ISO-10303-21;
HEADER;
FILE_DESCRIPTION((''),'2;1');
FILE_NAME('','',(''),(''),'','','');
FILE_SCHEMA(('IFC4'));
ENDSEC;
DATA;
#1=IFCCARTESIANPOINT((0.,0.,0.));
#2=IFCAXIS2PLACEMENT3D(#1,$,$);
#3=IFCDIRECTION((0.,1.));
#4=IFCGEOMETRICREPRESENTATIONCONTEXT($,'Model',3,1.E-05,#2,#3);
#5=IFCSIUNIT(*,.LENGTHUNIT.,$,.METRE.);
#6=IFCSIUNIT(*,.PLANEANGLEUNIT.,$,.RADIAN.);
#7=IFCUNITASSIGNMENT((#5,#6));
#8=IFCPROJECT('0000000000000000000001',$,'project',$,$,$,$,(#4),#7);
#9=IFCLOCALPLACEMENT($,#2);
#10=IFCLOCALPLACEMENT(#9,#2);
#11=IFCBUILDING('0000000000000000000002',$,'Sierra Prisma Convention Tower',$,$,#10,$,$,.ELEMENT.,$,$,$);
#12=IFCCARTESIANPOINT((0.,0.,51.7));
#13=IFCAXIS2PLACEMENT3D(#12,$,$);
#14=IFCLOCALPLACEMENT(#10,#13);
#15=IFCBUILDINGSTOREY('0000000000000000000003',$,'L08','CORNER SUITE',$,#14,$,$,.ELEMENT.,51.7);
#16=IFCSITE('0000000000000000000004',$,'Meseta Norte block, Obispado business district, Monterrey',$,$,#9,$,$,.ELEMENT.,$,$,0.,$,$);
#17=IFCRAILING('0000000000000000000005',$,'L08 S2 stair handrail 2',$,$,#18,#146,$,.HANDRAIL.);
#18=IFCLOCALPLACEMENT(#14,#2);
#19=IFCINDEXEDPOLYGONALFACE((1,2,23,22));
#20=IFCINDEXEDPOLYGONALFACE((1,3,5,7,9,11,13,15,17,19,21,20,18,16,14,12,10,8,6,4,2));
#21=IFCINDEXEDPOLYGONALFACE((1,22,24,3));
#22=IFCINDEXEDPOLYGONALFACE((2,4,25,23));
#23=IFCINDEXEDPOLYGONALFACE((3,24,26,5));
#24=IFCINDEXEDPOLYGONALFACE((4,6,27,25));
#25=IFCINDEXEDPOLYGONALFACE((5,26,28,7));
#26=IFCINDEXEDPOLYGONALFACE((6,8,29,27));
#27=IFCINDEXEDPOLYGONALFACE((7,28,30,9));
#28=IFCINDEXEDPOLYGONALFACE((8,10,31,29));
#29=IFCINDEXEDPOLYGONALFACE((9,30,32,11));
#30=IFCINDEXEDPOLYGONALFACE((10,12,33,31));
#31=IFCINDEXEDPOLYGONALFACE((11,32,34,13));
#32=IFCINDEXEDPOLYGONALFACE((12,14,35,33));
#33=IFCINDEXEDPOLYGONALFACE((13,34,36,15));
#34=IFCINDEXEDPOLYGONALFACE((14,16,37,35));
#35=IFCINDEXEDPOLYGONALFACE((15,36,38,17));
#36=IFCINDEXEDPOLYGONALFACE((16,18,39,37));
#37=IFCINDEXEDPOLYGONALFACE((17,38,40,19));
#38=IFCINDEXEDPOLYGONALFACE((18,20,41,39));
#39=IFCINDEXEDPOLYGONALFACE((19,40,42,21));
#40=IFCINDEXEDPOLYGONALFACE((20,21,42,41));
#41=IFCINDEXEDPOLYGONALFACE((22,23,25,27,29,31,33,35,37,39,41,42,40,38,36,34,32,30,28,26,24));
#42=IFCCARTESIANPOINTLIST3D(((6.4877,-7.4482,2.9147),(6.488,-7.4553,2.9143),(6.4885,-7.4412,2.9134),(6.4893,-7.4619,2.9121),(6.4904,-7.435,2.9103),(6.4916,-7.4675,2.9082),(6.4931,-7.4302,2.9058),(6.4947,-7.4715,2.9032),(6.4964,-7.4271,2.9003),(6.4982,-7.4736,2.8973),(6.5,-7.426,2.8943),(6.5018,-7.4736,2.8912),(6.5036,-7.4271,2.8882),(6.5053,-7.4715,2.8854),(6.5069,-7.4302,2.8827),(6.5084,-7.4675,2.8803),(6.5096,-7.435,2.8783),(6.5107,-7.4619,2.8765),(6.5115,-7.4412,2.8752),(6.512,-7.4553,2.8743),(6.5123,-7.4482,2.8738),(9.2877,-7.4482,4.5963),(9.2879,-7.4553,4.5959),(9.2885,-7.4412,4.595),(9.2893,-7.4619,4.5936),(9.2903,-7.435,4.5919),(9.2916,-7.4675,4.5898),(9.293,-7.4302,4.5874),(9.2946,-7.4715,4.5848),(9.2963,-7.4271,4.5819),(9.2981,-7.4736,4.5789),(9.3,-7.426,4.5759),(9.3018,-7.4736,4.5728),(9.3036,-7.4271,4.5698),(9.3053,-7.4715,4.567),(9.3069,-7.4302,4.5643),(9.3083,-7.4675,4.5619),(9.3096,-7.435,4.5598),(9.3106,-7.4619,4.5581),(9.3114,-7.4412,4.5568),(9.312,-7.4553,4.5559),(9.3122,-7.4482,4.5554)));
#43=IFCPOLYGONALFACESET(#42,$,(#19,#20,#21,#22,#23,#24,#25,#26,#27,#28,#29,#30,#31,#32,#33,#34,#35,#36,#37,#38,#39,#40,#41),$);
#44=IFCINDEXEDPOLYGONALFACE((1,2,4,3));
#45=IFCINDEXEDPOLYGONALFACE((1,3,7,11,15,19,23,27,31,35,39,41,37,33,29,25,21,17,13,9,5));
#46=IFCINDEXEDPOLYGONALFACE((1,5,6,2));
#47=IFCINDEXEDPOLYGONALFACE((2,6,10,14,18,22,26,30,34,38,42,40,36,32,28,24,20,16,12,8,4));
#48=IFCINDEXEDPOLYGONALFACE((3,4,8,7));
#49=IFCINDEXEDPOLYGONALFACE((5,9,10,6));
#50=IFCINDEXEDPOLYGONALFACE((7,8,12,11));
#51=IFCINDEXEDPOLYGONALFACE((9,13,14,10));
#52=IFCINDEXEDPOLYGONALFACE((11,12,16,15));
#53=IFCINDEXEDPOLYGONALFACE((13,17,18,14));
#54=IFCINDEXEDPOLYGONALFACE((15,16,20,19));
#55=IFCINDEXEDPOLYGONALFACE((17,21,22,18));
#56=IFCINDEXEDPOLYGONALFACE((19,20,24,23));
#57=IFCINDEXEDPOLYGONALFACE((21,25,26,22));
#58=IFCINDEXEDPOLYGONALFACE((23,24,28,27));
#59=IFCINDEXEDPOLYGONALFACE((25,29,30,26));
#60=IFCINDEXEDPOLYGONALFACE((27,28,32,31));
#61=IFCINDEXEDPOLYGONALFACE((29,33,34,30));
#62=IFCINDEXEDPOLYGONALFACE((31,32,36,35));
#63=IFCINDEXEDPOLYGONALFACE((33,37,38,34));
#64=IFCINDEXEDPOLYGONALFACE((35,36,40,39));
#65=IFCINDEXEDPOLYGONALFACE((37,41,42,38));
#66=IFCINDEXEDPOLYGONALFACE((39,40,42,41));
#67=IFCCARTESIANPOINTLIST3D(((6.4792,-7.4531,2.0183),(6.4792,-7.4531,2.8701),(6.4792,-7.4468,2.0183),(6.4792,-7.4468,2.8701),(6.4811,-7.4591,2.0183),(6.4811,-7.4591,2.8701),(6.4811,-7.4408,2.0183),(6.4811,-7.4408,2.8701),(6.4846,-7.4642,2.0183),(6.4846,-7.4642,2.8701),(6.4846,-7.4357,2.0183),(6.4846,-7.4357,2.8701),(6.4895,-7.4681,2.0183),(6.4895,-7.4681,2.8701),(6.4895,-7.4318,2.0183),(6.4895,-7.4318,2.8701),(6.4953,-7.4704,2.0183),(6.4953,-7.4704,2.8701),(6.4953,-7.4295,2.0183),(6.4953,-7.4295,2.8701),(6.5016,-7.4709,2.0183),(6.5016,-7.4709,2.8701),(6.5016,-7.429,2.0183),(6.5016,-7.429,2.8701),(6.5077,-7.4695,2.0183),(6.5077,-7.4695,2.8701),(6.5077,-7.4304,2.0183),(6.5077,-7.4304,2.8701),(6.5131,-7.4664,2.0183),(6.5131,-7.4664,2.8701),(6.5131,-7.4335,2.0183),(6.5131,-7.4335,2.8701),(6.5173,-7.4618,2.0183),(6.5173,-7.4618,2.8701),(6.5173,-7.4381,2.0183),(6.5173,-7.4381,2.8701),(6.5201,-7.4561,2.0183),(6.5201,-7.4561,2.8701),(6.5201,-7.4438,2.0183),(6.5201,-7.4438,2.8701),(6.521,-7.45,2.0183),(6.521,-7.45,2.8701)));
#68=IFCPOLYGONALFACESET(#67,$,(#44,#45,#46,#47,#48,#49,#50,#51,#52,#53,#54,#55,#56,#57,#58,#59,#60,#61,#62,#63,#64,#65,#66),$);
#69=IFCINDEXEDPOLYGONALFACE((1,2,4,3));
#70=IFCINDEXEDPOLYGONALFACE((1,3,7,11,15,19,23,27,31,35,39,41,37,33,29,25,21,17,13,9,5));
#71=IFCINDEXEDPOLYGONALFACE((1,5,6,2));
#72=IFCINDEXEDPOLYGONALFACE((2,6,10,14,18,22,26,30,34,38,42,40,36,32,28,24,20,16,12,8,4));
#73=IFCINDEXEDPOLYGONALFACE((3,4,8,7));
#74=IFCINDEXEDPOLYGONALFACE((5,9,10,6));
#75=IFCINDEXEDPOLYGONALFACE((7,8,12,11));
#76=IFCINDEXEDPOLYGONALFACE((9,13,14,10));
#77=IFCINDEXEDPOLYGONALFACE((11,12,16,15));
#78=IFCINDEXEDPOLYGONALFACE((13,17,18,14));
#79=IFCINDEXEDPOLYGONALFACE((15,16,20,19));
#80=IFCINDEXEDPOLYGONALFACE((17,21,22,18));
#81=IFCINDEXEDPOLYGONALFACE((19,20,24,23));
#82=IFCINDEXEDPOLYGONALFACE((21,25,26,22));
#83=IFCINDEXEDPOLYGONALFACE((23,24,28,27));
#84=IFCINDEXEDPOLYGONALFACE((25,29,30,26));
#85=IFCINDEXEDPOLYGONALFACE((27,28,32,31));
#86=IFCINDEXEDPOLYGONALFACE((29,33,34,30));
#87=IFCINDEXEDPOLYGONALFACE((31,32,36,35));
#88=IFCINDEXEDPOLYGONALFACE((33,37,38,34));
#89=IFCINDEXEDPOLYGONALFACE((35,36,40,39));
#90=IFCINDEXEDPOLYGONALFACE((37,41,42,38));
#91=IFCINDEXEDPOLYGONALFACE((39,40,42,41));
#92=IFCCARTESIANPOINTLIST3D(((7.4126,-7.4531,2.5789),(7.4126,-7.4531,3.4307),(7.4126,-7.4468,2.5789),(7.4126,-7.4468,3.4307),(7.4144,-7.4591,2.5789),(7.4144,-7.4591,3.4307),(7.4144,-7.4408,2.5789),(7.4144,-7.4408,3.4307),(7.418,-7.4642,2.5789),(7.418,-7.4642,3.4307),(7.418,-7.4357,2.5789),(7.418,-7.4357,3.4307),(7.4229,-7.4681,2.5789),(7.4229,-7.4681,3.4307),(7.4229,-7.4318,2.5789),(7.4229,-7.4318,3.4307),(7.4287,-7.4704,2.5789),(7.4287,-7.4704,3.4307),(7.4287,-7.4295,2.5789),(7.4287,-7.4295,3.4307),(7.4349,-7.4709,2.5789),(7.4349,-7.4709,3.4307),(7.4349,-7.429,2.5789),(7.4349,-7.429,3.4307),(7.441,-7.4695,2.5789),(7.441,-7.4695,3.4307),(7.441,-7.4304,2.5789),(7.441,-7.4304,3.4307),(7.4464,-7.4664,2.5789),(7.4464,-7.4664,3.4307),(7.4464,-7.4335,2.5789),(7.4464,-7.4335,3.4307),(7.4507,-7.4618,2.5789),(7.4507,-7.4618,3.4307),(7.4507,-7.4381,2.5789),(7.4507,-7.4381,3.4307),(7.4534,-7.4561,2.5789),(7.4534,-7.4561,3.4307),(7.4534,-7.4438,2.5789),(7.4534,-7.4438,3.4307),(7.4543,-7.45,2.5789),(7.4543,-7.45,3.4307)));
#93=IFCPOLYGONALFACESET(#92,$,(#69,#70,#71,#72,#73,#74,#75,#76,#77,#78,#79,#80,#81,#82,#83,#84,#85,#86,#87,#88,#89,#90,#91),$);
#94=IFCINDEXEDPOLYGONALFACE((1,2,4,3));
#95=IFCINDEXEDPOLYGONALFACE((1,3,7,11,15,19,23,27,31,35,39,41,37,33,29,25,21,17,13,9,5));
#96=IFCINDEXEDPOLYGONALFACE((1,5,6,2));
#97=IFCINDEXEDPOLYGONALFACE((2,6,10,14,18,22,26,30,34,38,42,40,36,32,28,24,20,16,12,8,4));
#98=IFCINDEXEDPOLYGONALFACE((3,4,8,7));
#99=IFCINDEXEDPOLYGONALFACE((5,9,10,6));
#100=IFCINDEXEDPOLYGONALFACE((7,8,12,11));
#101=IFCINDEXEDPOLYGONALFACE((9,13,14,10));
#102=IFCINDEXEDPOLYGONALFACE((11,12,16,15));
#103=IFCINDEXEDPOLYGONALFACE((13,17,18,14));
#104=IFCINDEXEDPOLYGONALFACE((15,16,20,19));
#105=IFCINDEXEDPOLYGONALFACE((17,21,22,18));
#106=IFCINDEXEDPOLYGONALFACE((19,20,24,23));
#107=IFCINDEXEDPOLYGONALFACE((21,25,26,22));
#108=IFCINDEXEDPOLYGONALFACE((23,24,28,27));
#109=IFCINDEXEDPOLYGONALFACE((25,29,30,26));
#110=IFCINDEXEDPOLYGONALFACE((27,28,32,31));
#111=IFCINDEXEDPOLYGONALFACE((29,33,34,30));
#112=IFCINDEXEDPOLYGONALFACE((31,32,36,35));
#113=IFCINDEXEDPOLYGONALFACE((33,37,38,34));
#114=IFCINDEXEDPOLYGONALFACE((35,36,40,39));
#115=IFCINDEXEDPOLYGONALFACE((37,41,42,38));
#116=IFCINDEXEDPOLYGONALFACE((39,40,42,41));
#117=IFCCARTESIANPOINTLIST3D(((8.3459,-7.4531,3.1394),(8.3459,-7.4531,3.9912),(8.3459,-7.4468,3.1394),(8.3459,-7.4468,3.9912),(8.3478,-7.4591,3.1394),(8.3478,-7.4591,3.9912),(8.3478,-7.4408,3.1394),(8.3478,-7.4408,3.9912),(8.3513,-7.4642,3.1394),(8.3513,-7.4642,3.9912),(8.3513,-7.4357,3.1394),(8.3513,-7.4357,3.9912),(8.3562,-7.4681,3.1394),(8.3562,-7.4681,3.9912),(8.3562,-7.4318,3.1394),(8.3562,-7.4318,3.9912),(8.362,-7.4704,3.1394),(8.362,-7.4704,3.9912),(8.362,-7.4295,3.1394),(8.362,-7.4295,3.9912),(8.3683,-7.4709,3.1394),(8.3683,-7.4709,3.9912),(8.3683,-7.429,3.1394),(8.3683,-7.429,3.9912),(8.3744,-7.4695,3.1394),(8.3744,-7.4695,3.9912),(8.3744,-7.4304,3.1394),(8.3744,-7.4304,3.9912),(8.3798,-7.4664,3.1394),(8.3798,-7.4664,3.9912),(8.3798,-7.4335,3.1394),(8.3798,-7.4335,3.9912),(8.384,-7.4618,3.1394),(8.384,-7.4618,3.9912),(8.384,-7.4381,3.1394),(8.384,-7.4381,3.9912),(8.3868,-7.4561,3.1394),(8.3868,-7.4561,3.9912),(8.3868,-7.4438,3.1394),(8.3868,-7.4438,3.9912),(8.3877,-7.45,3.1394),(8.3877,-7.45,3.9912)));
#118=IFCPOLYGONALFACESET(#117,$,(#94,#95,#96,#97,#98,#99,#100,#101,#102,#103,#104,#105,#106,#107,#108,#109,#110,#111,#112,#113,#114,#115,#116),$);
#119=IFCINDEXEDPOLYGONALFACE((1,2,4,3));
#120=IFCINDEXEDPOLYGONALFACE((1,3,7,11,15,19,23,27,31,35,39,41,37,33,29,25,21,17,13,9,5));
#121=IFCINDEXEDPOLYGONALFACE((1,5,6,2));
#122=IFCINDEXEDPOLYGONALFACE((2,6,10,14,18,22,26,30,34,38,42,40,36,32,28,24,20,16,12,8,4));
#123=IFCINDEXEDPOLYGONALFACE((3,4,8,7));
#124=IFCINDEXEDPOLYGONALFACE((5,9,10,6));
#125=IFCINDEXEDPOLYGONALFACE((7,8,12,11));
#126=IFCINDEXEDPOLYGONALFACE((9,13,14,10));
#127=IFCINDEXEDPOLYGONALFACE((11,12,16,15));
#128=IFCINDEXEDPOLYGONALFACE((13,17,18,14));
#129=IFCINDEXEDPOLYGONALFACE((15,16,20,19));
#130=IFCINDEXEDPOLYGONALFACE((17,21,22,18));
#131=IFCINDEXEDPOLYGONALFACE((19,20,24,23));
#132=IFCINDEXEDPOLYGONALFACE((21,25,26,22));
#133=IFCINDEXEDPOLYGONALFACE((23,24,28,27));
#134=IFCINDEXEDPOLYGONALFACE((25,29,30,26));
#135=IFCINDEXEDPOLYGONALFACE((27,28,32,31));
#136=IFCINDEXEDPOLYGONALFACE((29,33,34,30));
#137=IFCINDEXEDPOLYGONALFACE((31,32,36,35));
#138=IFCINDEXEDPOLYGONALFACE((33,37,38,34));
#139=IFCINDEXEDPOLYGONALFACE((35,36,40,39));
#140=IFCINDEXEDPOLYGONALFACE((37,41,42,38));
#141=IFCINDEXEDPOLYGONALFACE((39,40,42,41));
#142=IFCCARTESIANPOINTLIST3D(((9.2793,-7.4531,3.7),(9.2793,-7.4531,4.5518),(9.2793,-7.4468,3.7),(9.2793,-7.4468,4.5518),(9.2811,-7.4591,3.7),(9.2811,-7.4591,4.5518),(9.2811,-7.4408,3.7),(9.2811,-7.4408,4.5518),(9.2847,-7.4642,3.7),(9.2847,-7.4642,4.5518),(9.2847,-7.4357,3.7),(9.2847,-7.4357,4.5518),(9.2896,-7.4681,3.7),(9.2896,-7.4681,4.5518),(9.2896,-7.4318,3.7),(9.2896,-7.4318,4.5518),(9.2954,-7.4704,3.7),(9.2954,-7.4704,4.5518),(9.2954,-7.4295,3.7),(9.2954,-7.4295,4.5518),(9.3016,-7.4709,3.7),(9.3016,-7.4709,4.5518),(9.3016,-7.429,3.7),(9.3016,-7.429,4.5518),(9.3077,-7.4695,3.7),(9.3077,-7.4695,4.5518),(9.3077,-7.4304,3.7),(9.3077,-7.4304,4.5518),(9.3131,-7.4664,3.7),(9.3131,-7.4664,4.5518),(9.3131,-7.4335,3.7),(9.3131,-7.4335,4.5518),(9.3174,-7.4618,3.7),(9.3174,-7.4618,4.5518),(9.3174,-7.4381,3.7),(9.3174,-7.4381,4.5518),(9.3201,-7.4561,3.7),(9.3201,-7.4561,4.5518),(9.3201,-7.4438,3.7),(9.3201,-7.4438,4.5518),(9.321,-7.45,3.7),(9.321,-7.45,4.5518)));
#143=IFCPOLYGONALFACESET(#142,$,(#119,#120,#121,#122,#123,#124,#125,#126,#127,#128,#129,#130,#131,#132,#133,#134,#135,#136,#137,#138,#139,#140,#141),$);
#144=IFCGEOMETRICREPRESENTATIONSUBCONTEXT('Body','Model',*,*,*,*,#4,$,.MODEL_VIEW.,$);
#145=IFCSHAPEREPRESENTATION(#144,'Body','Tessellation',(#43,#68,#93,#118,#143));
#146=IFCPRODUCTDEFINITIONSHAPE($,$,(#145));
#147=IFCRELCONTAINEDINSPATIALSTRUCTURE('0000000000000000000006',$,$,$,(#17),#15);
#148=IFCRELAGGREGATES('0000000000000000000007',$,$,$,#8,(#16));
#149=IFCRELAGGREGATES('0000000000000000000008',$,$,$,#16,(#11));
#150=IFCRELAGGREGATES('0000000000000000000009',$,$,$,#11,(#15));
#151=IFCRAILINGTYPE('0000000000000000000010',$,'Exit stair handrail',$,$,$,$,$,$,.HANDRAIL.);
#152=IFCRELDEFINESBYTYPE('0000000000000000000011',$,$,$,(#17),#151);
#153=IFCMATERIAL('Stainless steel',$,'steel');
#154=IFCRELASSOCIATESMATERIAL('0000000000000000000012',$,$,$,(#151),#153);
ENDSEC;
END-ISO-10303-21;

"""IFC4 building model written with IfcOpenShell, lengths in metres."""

from ifc_helpers import new_model, si_unit, direction, frame, origin, origin_2d, place, context, subcontext, project, spatial, circle, extrude, material, type_object, element, save


model = new_model("IFC4")

# Units and contexts
model_context = context("Model", 3, precision=1e-05, world=origin(), true_north=direction((0.0, 1.0)))
body_context = subcontext(model_context, "Body", "Model", "MODEL_VIEW")
ifc_project = project(units=[si_unit("LENGTHUNIT", "METRE"), si_unit("PLANEANGLEUNIT", "RADIAN")], contexts=[model_context])

# Site, building, storey
site_placement = place(None, origin())
site = spatial("IfcSite", under=ifc_project, at=site_placement, Name="Meseta Norte block, Obispado business district, Monterrey", CompositionType="ELEMENT", RefElevation=0.0)
building_placement = place(site_placement, origin())
building = spatial("IfcBuilding", under=site, at=building_placement, Name="Sierra Prisma Convention Tower", CompositionType="ELEMENT")
storey_placement = place(building_placement, frame((0.0, 0.0, 51.7)))
storey = spatial("IfcBuildingStorey", under=building, at=storey_placement, Name="L08", Description="CORNER SUITE", CompositionType="ELEMENT", Elevation=51.7)

# Railing
ifc_material_1 = material(Name="Stainless steel", Category="steel")
railing_type_1 = type_object("IfcRailingType", Name="Exit stair handrail", PredefinedType="HANDRAIL", material=ifc_material_1)
railing_1_placement = place(storey_placement, frame((6.5, -7.45, 2.0183)))
element("IfcRailing", 1, at=railing_1_placement, inside=storey, type_object=railing_type_1, Name="L08 S2 stair handrail 2", PredefinedType="HANDRAIL", context=body_context, shape_type="SweptSolid", body=[
    extrude(circle(Radius=0.0239, at=origin_2d()), frame((0.0, 0.0, 0.876), z_axis=(0.857275, 0.0, 0.514858), x_axis=(0.0, 1.0, 0.0)), (0.0, 0.0, 1.0), 3.2661),
    extrude(circle(Radius=0.021, at=origin_2d()), origin(), (0.0, 0.0, 1.0), 0.8518),
    extrude(circle(Radius=0.021, at=origin_2d()), frame((0.9333, 0.0, 0.5605)), (0.0, 0.0, 1.0), 0.8518),
    extrude(circle(Radius=0.021, at=origin_2d()), frame((1.8667, 0.0, 1.1211)), (0.0, 0.0, 1.0), 0.8518),
    extrude(circle(Radius=0.021, at=origin_2d()), frame((2.8, 0.0, 1.6816)), (0.0, 0.0, 1.0), 0.8518),
])

save(model, "model.ifc")
